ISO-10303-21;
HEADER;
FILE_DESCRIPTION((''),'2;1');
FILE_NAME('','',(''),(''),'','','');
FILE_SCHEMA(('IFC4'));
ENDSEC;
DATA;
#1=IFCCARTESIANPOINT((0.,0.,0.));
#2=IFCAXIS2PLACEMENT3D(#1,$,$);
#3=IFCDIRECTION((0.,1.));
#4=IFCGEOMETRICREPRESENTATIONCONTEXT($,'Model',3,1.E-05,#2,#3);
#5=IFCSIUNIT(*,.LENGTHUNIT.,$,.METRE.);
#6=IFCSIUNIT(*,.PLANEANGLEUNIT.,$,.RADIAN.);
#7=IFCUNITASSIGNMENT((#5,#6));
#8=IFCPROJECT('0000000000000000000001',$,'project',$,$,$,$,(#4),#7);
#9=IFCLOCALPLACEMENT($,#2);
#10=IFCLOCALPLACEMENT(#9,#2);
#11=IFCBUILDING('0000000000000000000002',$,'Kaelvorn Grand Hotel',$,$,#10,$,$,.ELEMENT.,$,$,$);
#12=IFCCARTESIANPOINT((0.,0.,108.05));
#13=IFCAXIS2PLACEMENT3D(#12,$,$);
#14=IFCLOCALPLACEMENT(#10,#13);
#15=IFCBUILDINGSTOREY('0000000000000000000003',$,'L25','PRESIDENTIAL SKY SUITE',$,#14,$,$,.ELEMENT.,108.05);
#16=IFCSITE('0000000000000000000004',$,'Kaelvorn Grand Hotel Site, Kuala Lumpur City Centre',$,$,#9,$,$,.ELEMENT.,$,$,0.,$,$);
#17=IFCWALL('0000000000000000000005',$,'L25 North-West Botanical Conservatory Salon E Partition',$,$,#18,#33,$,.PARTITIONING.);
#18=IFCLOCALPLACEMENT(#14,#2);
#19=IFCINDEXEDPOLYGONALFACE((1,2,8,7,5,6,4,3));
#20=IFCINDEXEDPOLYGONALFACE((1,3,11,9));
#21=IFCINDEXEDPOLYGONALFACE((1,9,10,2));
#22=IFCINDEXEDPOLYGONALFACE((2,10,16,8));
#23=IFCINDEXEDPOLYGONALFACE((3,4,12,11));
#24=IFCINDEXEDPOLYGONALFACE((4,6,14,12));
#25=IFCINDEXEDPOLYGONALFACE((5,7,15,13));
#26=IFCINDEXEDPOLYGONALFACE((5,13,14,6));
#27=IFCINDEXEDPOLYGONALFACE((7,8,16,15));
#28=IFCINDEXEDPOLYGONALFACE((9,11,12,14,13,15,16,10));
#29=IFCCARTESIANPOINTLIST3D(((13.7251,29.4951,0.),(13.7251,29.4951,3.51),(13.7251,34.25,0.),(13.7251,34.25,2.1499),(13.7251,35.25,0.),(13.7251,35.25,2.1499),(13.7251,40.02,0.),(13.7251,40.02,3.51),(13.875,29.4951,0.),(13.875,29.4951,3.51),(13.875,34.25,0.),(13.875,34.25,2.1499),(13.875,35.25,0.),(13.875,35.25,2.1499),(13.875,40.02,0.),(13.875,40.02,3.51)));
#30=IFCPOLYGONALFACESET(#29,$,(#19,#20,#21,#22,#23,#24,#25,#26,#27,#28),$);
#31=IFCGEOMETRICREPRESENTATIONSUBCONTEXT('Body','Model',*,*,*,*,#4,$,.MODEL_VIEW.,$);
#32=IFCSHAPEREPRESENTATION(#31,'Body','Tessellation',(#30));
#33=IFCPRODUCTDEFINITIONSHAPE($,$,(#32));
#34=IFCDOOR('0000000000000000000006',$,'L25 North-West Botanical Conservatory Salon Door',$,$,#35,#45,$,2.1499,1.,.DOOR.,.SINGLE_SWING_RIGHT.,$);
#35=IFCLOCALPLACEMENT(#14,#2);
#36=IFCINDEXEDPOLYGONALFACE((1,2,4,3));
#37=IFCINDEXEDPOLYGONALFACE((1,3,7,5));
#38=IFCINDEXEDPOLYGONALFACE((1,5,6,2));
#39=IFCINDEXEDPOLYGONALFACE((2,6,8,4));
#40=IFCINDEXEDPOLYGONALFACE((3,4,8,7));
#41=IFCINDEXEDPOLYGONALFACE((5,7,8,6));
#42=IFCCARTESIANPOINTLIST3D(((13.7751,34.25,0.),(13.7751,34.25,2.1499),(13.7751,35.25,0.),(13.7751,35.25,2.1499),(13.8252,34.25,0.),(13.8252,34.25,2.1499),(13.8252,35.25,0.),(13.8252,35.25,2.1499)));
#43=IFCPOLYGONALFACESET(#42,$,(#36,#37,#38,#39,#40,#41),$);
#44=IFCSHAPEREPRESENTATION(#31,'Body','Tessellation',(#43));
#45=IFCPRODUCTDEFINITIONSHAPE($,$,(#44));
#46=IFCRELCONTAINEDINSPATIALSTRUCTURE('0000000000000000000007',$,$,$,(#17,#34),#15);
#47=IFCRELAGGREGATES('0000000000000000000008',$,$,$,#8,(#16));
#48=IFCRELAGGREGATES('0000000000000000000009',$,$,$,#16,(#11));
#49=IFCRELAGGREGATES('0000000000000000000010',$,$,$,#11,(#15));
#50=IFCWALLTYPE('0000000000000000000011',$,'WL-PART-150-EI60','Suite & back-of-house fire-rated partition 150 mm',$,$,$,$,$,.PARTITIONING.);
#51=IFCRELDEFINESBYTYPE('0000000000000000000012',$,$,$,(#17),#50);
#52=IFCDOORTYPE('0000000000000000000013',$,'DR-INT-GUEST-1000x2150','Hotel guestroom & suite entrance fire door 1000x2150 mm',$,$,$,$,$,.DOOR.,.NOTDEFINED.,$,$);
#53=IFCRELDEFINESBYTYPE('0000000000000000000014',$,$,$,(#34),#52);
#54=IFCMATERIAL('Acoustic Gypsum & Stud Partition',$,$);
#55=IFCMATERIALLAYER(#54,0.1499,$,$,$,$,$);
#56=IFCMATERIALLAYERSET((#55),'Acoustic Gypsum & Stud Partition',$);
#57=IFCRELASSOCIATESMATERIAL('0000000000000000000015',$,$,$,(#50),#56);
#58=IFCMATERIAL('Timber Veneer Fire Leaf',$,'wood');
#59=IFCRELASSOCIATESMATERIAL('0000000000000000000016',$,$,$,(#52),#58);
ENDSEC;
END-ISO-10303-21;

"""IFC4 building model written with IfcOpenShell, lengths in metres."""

from ifc_helpers import new_model, si_unit, direction, frame, frame_2d, origin, place, context, subcontext, project, spatial, rectangle, extrude, material, layer, layer_set, type_object, element, fill, save


model = new_model("IFC4")

# Units and contexts
model_context = context("Model", 3, precision=1e-05, world=origin(), true_north=direction((0.0, 1.0)))
body_context = subcontext(model_context, "Body", "Model", "MODEL_VIEW")
ifc_project = project(units=[si_unit("LENGTHUNIT", "METRE"), si_unit("PLANEANGLEUNIT", "RADIAN")], contexts=[model_context])

# Site, building, storey
site_placement = place(None, origin())
site = spatial("IfcSite", under=ifc_project, at=site_placement, Name="Kaelvorn Grand Hotel Site, Kuala Lumpur City Centre", CompositionType="ELEMENT", RefElevation=0.0)
building_placement = place(site_placement, origin())
building = spatial("IfcBuilding", under=site, at=building_placement, Name="Kaelvorn Grand Hotel", CompositionType="ELEMENT")
storey_placement = place(building_placement, frame((0.0, 0.0, 108.05)))
storey = spatial("IfcBuildingStorey", under=building, at=storey_placement, Name="L25", Description="PRESIDENTIAL SKY SUITE", CompositionType="ELEMENT", Elevation=108.05)

# Shared definitions
ifc_material_1 = material(Name="Acoustic Gypsum & Stud Partition")
ifc_layer_1 = layer(ifc_material_1, 0.1499)
ifc_layer_set_1 = layer_set([ifc_layer_1], Name="Acoustic Gypsum & Stud Partition")
wall_type_1 = type_object("IfcWallType", Name="WL-PART-150-EI60", Description="Suite & back-of-house fire-rated partition 150 mm", PredefinedType="PARTITIONING", material=ifc_layer_set_1)

# Wall, opening, door
wall_1_placement = place(storey_placement, frame((13.8, 29.4951, 0.0), z_axis=(0.0, 0.0, 1.0), x_axis=(0.0, 1.0, 0.0)))
wall_1 = element("IfcWall", 1, at=wall_1_placement, inside=storey, type_object=wall_type_1, Name="L25 North-West Botanical Conservatory Salon E Partition", PredefinedType="PARTITIONING", context=body_context, shape_type="SweptSolid", body=[
    extrude(rectangle(XDim=10.5249, YDim=0.1499, at=frame_2d((5.2625, 0.0))), origin(), (0.0, 0.0, 1.0), 3.51),
])
opening_1_placement = place(wall_1_placement, frame((4.7549, 0.0, 0.0)))
opening_1 = element("IfcOpeningElement", 2, at=opening_1_placement, cuts=wall_1, PredefinedType="OPENING", context=body_context, shape_type="SweptSolid", body=[
    extrude(rectangle(XDim=1.0, YDim=2.1499, at=frame_2d((0.5, 1.075))), frame((0.0, 0.085, 0.0), z_axis=(0.0, -1.0, 0.0), x_axis=(1.0, 0.0, 0.0)), (0.0, 0.0, 1.0), 0.1699),
])
ifc_material_2 = material(Name="Timber Veneer Fire Leaf", Category="wood")
door_type = type_object("IfcDoorType", Name="DR-INT-GUEST-1000x2150", Description="Hotel guestroom & suite entrance fire door 1000x2150 mm", OperationType="NOTDEFINED", PredefinedType="DOOR", material=ifc_material_2)
door_placement = place(opening_1_placement, origin())
door = element("IfcDoor", 3, at=door_placement, inside=storey, type_object=door_type, Name="L25 North-West Botanical Conservatory Salon Door", OperationType="SINGLE_SWING_RIGHT", OverallHeight=2.1499, OverallWidth=1.0, PredefinedType="DOOR", context=body_context, shape_type="SweptSolid", body=[
    extrude(rectangle(XDim=1.0, YDim=2.1499, at=frame_2d((0.5, 1.075))), frame((0.0, 0.0249, 0.0), z_axis=(0.0, -1.0, 0.0), x_axis=(1.0, 0.0, 0.0)), (0.0, 0.0, 1.0), 0.05),
])
fill(opening_1, door)

save(model, "model.ifc")
